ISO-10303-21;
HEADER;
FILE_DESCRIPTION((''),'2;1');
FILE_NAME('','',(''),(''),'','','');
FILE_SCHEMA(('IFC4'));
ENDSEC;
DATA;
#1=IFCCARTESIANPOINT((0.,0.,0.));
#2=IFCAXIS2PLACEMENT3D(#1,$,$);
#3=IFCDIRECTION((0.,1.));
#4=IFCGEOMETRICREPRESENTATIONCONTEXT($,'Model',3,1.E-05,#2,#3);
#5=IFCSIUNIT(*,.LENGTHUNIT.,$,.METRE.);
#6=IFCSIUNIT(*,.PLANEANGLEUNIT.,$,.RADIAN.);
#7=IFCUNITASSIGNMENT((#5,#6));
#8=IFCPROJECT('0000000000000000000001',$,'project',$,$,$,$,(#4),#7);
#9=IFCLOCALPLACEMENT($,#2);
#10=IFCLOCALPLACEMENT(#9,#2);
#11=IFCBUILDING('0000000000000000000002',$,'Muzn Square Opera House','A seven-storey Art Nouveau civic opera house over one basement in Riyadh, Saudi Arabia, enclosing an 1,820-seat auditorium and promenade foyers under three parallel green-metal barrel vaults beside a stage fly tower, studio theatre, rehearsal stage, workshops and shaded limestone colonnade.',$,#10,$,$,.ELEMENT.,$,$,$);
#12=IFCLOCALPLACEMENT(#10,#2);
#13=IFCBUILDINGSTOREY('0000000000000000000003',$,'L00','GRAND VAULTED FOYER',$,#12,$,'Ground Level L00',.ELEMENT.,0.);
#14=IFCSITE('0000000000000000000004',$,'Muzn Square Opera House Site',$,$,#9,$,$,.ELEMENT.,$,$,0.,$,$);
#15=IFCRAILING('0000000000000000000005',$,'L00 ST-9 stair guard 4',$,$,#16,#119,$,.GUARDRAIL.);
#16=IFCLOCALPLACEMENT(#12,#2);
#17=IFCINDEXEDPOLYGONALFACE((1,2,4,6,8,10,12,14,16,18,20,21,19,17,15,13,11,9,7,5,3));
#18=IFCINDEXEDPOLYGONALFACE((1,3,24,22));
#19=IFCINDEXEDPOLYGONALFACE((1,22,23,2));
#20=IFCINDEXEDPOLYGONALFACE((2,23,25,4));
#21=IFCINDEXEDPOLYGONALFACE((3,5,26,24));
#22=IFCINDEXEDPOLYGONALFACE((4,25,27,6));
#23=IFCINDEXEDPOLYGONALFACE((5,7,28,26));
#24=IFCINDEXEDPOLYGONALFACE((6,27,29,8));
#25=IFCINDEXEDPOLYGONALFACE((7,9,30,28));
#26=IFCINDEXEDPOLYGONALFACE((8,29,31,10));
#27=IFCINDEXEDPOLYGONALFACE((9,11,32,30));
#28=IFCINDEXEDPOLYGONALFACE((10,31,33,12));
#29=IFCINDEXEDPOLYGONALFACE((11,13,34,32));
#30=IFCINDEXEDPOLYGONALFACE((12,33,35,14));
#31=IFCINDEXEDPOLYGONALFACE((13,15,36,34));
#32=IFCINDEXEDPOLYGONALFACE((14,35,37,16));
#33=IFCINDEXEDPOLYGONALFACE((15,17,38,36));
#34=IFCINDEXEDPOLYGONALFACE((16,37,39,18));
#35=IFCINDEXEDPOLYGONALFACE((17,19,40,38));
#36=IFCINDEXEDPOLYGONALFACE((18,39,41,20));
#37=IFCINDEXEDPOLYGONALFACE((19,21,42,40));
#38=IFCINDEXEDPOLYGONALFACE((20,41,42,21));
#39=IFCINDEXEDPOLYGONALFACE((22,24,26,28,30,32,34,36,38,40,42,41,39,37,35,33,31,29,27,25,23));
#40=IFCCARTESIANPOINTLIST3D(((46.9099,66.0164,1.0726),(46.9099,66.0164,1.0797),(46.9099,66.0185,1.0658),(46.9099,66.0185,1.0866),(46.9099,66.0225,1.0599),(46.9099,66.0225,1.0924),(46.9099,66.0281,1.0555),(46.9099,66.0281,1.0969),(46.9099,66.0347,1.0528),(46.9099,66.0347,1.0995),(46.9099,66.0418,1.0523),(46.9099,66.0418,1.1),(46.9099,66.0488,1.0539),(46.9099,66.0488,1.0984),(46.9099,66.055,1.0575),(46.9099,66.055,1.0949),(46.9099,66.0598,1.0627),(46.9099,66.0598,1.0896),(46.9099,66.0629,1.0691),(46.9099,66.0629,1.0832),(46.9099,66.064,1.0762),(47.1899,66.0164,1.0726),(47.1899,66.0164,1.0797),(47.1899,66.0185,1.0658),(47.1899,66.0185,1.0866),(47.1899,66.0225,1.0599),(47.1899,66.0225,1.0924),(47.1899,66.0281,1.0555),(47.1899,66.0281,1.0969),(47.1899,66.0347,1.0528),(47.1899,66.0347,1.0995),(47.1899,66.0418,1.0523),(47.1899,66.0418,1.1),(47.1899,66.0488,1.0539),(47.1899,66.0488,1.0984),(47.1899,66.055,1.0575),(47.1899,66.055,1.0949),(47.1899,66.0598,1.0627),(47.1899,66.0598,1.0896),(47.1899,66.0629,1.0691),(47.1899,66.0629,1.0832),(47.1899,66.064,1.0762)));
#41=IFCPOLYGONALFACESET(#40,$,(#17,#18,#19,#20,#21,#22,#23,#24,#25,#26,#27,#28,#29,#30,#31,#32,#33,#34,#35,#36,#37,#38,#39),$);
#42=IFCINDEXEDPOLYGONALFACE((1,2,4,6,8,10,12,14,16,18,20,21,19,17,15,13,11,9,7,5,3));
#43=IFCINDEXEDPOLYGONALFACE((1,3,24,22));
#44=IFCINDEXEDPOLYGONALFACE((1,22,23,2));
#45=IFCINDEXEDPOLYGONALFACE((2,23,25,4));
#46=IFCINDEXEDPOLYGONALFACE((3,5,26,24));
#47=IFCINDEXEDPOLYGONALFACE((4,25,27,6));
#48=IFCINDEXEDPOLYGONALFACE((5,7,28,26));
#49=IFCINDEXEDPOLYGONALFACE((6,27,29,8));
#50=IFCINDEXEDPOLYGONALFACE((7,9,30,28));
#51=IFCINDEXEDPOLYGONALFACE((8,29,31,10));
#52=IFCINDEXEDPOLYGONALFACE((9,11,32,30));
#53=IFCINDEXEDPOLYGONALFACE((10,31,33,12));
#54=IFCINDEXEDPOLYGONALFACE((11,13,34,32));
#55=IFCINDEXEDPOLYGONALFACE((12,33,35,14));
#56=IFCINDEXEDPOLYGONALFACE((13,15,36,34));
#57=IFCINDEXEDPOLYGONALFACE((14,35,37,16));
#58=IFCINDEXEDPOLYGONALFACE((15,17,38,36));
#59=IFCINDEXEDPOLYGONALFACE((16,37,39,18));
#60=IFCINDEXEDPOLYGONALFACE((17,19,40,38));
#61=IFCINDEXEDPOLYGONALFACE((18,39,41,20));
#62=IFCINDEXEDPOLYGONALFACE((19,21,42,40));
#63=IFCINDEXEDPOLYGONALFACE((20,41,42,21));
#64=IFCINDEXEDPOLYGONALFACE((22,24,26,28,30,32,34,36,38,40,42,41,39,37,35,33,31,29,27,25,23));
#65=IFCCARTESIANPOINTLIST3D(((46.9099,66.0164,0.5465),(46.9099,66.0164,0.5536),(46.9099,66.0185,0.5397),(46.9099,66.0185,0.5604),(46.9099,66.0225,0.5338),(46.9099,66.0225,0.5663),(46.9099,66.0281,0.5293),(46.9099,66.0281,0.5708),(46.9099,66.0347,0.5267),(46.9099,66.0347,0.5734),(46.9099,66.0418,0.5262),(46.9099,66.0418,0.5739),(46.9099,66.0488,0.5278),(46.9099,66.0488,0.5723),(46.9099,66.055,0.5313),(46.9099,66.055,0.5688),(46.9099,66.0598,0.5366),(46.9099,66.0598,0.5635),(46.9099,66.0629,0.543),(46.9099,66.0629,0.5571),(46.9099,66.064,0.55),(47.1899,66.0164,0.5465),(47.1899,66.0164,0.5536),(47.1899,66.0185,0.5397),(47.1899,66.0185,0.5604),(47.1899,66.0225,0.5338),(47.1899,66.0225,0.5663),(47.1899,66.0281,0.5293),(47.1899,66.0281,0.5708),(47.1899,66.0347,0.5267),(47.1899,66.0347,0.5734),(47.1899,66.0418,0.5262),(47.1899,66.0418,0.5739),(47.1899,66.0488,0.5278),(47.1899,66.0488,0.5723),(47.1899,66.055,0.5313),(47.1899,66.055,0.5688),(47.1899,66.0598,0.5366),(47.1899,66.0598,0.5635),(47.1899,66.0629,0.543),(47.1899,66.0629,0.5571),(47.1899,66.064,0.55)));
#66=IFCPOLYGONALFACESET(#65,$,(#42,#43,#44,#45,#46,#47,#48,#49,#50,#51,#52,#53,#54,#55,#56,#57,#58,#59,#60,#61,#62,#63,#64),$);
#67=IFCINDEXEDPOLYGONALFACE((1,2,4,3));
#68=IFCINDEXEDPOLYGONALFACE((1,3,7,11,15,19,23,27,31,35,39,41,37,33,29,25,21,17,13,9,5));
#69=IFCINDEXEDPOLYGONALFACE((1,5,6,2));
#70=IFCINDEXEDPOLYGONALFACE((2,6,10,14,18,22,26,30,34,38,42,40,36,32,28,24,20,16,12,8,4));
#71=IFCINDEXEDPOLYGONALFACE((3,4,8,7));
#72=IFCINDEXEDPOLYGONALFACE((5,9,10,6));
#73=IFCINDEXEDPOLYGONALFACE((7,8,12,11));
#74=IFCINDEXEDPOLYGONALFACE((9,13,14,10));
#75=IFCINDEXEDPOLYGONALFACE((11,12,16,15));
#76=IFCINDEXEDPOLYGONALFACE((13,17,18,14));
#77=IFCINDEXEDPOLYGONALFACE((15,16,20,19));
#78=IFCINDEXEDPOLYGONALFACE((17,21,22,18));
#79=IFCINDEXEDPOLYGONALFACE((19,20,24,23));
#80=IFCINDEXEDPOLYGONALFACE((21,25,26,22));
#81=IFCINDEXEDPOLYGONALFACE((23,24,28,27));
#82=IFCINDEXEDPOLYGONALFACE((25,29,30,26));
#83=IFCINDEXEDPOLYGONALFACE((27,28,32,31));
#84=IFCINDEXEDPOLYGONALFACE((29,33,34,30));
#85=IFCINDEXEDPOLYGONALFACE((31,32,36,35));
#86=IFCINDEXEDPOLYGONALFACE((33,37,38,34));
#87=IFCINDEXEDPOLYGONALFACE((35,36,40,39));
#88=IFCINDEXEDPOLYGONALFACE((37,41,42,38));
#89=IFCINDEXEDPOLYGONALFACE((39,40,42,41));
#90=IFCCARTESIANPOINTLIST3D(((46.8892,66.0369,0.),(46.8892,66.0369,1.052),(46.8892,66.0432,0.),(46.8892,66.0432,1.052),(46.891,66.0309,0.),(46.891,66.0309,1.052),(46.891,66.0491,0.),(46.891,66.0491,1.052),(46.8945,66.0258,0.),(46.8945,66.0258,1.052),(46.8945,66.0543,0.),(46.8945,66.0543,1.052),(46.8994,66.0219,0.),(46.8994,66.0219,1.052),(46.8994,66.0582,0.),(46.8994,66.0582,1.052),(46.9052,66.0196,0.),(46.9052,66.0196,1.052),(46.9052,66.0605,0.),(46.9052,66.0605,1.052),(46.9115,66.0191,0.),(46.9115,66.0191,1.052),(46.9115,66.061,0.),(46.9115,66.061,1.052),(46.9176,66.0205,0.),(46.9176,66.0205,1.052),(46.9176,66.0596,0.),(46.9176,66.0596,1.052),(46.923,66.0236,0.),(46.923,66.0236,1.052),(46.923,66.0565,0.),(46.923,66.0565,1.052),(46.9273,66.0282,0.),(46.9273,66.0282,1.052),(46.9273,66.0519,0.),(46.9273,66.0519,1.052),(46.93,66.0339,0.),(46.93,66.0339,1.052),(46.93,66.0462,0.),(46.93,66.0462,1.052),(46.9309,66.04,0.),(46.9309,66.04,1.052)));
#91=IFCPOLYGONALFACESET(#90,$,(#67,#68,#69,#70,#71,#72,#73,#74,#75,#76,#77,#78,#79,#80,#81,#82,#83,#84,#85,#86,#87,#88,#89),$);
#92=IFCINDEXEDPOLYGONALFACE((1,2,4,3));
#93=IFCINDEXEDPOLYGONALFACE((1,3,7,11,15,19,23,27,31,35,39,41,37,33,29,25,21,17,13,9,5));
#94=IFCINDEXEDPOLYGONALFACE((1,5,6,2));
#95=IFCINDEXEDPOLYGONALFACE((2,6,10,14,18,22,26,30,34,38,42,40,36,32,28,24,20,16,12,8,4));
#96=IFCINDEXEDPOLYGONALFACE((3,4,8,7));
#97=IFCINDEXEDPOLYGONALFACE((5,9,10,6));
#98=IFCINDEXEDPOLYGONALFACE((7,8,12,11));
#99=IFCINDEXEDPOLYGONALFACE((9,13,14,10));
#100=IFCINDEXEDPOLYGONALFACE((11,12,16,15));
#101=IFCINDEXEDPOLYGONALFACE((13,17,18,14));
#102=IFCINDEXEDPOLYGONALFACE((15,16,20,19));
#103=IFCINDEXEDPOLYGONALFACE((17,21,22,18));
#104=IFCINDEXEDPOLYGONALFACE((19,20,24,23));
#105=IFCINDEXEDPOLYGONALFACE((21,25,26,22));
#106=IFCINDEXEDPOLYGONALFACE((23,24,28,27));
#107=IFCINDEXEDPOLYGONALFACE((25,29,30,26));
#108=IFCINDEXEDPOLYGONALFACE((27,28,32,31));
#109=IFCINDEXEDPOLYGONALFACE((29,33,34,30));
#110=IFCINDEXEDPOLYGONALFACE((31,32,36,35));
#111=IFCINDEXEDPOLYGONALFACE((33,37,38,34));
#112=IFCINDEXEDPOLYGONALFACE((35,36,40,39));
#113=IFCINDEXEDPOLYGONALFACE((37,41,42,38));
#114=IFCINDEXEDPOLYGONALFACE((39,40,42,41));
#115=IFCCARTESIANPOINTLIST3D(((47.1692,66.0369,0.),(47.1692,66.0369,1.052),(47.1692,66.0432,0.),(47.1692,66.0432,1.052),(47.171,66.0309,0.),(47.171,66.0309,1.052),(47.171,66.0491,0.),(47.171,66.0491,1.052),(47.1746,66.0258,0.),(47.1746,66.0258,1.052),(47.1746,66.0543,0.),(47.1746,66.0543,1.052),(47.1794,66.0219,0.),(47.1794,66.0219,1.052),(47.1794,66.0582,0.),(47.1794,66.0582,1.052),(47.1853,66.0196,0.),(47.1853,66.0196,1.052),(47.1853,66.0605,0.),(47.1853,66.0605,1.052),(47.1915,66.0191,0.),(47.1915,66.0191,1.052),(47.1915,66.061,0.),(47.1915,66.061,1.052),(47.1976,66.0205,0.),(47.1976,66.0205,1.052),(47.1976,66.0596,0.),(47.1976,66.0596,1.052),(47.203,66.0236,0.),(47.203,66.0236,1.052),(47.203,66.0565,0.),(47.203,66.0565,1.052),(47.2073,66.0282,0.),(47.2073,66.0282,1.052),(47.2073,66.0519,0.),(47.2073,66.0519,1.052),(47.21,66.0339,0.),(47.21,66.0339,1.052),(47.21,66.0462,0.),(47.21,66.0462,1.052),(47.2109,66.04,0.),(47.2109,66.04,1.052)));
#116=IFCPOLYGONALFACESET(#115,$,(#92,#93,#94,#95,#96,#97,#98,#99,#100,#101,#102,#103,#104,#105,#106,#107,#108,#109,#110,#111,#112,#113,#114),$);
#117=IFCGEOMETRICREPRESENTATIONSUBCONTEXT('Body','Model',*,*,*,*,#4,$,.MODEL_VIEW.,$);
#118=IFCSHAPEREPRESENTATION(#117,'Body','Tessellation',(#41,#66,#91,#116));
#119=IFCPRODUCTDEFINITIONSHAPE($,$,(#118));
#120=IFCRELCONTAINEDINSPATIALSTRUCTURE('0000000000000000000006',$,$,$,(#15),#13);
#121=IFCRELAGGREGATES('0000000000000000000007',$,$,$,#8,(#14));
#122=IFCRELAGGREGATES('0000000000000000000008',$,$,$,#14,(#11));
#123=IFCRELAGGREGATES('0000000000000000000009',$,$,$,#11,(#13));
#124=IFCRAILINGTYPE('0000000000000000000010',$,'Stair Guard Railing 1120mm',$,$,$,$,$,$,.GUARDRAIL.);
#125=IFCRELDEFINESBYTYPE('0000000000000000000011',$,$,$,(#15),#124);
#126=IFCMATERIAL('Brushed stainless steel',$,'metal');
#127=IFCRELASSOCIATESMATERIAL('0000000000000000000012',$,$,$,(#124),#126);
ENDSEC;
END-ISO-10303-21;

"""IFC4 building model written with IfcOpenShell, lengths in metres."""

from ifc_helpers import new_model, si_unit, direction, frame, origin, origin_2d, place, context, subcontext, project, spatial, circle, extrude, material, type_object, element, save


model = new_model("IFC4")

# Units and contexts
model_context = context("Model", 3, precision=1e-05, world=origin(), true_north=direction((0.0, 1.0)))
body_context = subcontext(model_context, "Body", "Model", "MODEL_VIEW")
ifc_project = project(units=[si_unit("LENGTHUNIT", "METRE"), si_unit("PLANEANGLEUNIT", "RADIAN")], contexts=[model_context])

# Site, building, storey
site_placement = place(None, origin())
site = spatial("IfcSite", under=ifc_project, at=site_placement, Name="Muzn Square Opera House Site", CompositionType="ELEMENT", RefElevation=0.0)
building_placement = place(site_placement, origin())
building = spatial("IfcBuilding", under=site, at=building_placement, Name="Muzn Square Opera House", Description="A seven-storey Art Nouveau civic opera house over one basement in Riyadh, Saudi Arabia, enclosing an 1,820-seat auditorium and promenade foyers under three parallel green-metal barrel vaults beside a stage fly tower, studio theatre, rehearsal stage, workshops and shaded limestone colonnade.", CompositionType="ELEMENT")
storey_placement = place(building_placement, origin())
storey = spatial("IfcBuildingStorey", under=building, at=storey_placement, Name="L00", Description="GRAND VAULTED FOYER", LongName="Ground Level L00", CompositionType="ELEMENT", Elevation=0.0)

# Railing
ifc_material_1 = material(Name="Brushed stainless steel", Category="metal")
railing_type_1 = type_object("IfcRailingType", Name="Stair Guard Railing 1120mm", PredefinedType="GUARDRAIL", material=ifc_material_1)
railing_1_placement = place(storey_placement, frame((46.9099, 66.04, 0.0)))
element("IfcRailing", 1, at=railing_1_placement, inside=storey, type_object=railing_type_1, Name="L00 ST-9 stair guard 4", PredefinedType="GUARDRAIL", context=body_context, shape_type="SweptSolid", body=[
    extrude(circle(Radius=0.0239, at=origin_2d()), frame((0.0, 0.0, 1.0762), z_axis=(1.0, 0.0, 0.0), x_axis=(0.0, 1.0, 0.0)), (0.0, 0.0, 1.0), 0.28),
    extrude(circle(Radius=0.0239, at=origin_2d()), frame((0.0, 0.0, 0.55), z_axis=(1.0, 0.0, 0.0), x_axis=(0.0, 1.0, 0.0)), (0.0, 0.0, 1.0), 0.28),
    extrude(circle(Radius=0.021, at=origin_2d()), origin(), (0.0, 0.0, 1.0), 1.052),
    extrude(circle(Radius=0.021, at=origin_2d()), frame((0.28, 0.0, 0.0)), (0.0, 0.0, 1.0), 1.052),
])

save(model, "model.ifc")
